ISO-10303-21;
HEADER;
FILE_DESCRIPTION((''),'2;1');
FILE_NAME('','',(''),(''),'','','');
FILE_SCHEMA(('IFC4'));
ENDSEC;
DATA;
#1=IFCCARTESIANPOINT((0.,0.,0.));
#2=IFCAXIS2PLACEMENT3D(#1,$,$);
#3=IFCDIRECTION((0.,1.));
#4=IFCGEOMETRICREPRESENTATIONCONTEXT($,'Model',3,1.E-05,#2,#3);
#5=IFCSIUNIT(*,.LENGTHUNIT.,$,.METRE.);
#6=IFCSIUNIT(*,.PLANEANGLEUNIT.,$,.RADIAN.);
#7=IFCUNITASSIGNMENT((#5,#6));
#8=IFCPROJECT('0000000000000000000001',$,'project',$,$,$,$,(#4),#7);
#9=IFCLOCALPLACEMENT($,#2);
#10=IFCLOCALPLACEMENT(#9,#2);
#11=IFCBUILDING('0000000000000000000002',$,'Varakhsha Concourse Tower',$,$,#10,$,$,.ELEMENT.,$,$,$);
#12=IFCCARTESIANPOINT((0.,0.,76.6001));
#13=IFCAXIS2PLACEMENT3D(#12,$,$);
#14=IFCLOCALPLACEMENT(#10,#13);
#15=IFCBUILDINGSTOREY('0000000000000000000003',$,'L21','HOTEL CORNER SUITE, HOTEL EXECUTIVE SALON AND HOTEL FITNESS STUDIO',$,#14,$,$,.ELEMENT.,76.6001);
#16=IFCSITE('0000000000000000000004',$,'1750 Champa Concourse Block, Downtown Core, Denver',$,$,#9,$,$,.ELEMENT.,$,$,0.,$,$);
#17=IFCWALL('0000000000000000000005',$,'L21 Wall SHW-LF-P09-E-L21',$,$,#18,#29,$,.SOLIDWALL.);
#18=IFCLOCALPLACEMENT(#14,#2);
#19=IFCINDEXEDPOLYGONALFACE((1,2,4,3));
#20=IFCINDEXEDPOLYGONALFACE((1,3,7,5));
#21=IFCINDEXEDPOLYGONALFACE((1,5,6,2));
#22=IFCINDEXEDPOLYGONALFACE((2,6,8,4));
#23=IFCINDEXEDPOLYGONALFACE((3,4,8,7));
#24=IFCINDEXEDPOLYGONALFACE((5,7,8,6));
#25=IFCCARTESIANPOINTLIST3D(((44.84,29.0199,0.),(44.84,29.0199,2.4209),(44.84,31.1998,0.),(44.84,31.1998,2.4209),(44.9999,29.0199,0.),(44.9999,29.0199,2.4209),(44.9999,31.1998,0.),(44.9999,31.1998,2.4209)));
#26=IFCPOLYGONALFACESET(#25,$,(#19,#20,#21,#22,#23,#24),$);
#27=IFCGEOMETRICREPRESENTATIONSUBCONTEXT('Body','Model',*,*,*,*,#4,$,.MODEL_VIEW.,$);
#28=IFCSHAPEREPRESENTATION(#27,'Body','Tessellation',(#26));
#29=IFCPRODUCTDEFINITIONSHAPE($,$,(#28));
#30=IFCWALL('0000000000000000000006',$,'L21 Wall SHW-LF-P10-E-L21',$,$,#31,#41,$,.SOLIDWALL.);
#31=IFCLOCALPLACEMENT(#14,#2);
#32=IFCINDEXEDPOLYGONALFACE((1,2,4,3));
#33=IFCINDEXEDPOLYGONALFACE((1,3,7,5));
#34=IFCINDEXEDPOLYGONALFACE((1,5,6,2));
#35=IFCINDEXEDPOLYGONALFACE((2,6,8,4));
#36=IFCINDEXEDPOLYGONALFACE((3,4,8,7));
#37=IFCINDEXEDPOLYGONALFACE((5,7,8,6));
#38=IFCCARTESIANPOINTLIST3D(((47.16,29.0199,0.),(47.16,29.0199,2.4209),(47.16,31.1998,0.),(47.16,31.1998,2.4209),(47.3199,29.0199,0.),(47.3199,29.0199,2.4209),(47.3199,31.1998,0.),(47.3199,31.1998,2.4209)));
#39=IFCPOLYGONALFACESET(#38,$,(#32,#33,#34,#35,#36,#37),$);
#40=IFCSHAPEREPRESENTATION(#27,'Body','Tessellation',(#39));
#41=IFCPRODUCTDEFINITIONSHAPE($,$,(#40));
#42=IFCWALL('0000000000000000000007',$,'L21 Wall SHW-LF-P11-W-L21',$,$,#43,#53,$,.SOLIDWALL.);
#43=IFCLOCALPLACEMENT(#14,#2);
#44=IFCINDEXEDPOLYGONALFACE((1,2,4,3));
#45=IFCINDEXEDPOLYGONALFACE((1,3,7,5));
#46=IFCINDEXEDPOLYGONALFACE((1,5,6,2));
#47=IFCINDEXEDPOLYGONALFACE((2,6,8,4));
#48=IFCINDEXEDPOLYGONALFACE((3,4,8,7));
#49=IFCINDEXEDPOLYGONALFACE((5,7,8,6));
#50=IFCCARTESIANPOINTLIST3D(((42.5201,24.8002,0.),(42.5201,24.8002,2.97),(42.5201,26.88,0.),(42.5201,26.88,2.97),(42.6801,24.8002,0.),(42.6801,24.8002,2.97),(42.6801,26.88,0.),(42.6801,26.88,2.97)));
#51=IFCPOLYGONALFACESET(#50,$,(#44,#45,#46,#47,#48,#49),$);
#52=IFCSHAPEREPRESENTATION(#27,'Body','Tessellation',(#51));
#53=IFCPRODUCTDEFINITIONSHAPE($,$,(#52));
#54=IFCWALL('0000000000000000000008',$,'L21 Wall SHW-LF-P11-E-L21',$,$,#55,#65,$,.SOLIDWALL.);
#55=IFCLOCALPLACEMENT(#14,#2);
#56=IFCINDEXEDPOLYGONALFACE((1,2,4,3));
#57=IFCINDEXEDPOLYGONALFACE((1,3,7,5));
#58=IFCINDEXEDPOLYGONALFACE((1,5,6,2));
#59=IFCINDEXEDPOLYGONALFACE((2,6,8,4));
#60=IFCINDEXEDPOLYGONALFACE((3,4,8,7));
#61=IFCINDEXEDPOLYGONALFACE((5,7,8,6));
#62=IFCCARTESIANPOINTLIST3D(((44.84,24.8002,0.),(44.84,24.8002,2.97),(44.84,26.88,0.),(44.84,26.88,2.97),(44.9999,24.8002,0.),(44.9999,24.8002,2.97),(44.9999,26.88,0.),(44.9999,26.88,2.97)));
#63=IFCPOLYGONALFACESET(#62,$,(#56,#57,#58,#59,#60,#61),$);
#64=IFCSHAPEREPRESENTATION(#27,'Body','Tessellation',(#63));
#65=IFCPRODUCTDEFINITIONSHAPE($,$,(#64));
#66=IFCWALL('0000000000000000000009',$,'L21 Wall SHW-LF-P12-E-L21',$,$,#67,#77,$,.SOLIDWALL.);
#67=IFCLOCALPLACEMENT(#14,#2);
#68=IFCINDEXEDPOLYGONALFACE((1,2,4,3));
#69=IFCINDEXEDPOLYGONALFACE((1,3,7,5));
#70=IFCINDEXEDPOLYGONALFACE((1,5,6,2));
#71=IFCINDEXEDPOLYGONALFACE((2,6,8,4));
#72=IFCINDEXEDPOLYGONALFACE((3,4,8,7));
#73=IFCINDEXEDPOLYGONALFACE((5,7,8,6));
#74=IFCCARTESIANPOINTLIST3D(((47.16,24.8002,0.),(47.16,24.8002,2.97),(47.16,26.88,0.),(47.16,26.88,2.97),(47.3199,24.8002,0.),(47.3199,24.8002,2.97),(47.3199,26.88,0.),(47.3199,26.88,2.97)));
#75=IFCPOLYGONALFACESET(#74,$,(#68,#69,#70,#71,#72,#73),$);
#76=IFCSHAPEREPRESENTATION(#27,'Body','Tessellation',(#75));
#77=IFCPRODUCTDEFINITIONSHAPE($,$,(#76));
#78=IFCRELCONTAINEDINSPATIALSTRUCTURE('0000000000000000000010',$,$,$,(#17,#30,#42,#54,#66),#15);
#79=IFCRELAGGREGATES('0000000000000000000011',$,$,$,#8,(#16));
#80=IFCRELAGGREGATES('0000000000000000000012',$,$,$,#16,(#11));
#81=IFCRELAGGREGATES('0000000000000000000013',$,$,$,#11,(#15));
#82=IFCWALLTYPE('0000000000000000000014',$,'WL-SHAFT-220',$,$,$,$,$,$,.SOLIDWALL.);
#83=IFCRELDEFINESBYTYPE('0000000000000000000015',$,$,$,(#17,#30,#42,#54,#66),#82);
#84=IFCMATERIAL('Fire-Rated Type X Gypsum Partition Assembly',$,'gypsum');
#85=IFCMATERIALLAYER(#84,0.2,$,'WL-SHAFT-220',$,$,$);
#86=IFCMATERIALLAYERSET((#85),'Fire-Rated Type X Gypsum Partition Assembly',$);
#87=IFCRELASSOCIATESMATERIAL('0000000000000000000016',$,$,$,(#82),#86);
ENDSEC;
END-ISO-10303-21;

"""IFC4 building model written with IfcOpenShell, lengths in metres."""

from ifc_helpers import new_model, si_unit, direction, frame, frame_2d, origin, place, context, subcontext, project, spatial, rectangle, extrude, material, layer, layer_set, type_object, element, save


model = new_model("IFC4")

# Units and contexts
model_context = context("Model", 3, precision=1e-05, world=origin(), true_north=direction((0.0, 1.0)))
body_context = subcontext(model_context, "Body", "Model", "MODEL_VIEW")
ifc_project = project(units=[si_unit("LENGTHUNIT", "METRE"), si_unit("PLANEANGLEUNIT", "RADIAN")], contexts=[model_context])

# Site, building, storey
site_placement = place(None, origin())
site = spatial("IfcSite", under=ifc_project, at=site_placement, Name="1750 Champa Concourse Block, Downtown Core, Denver", CompositionType="ELEMENT", RefElevation=0.0)
building_placement = place(site_placement, origin())
building = spatial("IfcBuilding", under=site, at=building_placement, Name="Varakhsha Concourse Tower", CompositionType="ELEMENT")
storey_placement = place(building_placement, frame((0.0, 0.0, 76.6001)))
storey = spatial("IfcBuildingStorey", under=building, at=storey_placement, Name="L21", Description="HOTEL CORNER SUITE, HOTEL EXECUTIVE SALON AND HOTEL FITNESS STUDIO", CompositionType="ELEMENT", Elevation=76.6001)

# Shared definitions
ifc_material_1 = material(Name="Fire-Rated Type X Gypsum Partition Assembly", Category="gypsum")

# Walls
ifc_layer_1 = layer(ifc_material_1, 0.2, Name="WL-SHAFT-220")
ifc_layer_set_1 = layer_set([ifc_layer_1], Name="Fire-Rated Type X Gypsum Partition Assembly")
wall_type_1 = type_object("IfcWallType", Name="WL-SHAFT-220", PredefinedType="SOLIDWALL", material=ifc_layer_set_1)
for number, where, z_axis, x_axis, name in (
    (1, (44.9199, 29.02, 0.0), (0.0, 0.0, 1.0), (0.0, 1.0, 0.0), "L21 Wall SHW-LF-P09-E-L21"),
    (2, (47.24, 29.02, 0.0), (0.0, 0.0, 1.0), (0.0, 1.0, 0.0), "L21 Wall SHW-LF-P10-E-L21"),
):
    element("IfcWall", number, at=place(storey_placement, frame(where, z_axis=z_axis, x_axis=x_axis)), inside=storey, type_object=wall_type_1, Name=name, PredefinedType="SOLIDWALL", context=body_context, shape_type="SweptSolid", body=[
        extrude(rectangle(XDim=2.1799, YDim=0.1599, at=frame_2d((1.0898, 0.0))), origin(), (0.0, 0.0, 1.0), 2.4209),
    ])
for number, where, z_axis, x_axis, name in (
    (3, (42.6001, 24.8, 0.0), (0.0, 0.0, 1.0), (0.0, 1.0, 0.0), "L21 Wall SHW-LF-P11-W-L21"),
    (4, (44.9199, 24.8, 0.0), (0.0, 0.0, 1.0), (0.0, 1.0, 0.0), "L21 Wall SHW-LF-P11-E-L21"),
    (5, (47.24, 24.8, 0.0), (0.0, 0.0, 1.0), (0.0, 1.0, 0.0), "L21 Wall SHW-LF-P12-E-L21"),
):
    element("IfcWall", number, at=place(storey_placement, frame(where, z_axis=z_axis, x_axis=x_axis)), inside=storey, type_object=wall_type_1, Name=name, PredefinedType="SOLIDWALL", context=body_context, shape_type="SweptSolid", body=[
        extrude(rectangle(XDim=2.0798, YDim=0.1599, at=frame_2d((1.04, 0.0))), origin(), (0.0, 0.0, 1.0), 2.97),
    ])

save(model, "model.ifc")
